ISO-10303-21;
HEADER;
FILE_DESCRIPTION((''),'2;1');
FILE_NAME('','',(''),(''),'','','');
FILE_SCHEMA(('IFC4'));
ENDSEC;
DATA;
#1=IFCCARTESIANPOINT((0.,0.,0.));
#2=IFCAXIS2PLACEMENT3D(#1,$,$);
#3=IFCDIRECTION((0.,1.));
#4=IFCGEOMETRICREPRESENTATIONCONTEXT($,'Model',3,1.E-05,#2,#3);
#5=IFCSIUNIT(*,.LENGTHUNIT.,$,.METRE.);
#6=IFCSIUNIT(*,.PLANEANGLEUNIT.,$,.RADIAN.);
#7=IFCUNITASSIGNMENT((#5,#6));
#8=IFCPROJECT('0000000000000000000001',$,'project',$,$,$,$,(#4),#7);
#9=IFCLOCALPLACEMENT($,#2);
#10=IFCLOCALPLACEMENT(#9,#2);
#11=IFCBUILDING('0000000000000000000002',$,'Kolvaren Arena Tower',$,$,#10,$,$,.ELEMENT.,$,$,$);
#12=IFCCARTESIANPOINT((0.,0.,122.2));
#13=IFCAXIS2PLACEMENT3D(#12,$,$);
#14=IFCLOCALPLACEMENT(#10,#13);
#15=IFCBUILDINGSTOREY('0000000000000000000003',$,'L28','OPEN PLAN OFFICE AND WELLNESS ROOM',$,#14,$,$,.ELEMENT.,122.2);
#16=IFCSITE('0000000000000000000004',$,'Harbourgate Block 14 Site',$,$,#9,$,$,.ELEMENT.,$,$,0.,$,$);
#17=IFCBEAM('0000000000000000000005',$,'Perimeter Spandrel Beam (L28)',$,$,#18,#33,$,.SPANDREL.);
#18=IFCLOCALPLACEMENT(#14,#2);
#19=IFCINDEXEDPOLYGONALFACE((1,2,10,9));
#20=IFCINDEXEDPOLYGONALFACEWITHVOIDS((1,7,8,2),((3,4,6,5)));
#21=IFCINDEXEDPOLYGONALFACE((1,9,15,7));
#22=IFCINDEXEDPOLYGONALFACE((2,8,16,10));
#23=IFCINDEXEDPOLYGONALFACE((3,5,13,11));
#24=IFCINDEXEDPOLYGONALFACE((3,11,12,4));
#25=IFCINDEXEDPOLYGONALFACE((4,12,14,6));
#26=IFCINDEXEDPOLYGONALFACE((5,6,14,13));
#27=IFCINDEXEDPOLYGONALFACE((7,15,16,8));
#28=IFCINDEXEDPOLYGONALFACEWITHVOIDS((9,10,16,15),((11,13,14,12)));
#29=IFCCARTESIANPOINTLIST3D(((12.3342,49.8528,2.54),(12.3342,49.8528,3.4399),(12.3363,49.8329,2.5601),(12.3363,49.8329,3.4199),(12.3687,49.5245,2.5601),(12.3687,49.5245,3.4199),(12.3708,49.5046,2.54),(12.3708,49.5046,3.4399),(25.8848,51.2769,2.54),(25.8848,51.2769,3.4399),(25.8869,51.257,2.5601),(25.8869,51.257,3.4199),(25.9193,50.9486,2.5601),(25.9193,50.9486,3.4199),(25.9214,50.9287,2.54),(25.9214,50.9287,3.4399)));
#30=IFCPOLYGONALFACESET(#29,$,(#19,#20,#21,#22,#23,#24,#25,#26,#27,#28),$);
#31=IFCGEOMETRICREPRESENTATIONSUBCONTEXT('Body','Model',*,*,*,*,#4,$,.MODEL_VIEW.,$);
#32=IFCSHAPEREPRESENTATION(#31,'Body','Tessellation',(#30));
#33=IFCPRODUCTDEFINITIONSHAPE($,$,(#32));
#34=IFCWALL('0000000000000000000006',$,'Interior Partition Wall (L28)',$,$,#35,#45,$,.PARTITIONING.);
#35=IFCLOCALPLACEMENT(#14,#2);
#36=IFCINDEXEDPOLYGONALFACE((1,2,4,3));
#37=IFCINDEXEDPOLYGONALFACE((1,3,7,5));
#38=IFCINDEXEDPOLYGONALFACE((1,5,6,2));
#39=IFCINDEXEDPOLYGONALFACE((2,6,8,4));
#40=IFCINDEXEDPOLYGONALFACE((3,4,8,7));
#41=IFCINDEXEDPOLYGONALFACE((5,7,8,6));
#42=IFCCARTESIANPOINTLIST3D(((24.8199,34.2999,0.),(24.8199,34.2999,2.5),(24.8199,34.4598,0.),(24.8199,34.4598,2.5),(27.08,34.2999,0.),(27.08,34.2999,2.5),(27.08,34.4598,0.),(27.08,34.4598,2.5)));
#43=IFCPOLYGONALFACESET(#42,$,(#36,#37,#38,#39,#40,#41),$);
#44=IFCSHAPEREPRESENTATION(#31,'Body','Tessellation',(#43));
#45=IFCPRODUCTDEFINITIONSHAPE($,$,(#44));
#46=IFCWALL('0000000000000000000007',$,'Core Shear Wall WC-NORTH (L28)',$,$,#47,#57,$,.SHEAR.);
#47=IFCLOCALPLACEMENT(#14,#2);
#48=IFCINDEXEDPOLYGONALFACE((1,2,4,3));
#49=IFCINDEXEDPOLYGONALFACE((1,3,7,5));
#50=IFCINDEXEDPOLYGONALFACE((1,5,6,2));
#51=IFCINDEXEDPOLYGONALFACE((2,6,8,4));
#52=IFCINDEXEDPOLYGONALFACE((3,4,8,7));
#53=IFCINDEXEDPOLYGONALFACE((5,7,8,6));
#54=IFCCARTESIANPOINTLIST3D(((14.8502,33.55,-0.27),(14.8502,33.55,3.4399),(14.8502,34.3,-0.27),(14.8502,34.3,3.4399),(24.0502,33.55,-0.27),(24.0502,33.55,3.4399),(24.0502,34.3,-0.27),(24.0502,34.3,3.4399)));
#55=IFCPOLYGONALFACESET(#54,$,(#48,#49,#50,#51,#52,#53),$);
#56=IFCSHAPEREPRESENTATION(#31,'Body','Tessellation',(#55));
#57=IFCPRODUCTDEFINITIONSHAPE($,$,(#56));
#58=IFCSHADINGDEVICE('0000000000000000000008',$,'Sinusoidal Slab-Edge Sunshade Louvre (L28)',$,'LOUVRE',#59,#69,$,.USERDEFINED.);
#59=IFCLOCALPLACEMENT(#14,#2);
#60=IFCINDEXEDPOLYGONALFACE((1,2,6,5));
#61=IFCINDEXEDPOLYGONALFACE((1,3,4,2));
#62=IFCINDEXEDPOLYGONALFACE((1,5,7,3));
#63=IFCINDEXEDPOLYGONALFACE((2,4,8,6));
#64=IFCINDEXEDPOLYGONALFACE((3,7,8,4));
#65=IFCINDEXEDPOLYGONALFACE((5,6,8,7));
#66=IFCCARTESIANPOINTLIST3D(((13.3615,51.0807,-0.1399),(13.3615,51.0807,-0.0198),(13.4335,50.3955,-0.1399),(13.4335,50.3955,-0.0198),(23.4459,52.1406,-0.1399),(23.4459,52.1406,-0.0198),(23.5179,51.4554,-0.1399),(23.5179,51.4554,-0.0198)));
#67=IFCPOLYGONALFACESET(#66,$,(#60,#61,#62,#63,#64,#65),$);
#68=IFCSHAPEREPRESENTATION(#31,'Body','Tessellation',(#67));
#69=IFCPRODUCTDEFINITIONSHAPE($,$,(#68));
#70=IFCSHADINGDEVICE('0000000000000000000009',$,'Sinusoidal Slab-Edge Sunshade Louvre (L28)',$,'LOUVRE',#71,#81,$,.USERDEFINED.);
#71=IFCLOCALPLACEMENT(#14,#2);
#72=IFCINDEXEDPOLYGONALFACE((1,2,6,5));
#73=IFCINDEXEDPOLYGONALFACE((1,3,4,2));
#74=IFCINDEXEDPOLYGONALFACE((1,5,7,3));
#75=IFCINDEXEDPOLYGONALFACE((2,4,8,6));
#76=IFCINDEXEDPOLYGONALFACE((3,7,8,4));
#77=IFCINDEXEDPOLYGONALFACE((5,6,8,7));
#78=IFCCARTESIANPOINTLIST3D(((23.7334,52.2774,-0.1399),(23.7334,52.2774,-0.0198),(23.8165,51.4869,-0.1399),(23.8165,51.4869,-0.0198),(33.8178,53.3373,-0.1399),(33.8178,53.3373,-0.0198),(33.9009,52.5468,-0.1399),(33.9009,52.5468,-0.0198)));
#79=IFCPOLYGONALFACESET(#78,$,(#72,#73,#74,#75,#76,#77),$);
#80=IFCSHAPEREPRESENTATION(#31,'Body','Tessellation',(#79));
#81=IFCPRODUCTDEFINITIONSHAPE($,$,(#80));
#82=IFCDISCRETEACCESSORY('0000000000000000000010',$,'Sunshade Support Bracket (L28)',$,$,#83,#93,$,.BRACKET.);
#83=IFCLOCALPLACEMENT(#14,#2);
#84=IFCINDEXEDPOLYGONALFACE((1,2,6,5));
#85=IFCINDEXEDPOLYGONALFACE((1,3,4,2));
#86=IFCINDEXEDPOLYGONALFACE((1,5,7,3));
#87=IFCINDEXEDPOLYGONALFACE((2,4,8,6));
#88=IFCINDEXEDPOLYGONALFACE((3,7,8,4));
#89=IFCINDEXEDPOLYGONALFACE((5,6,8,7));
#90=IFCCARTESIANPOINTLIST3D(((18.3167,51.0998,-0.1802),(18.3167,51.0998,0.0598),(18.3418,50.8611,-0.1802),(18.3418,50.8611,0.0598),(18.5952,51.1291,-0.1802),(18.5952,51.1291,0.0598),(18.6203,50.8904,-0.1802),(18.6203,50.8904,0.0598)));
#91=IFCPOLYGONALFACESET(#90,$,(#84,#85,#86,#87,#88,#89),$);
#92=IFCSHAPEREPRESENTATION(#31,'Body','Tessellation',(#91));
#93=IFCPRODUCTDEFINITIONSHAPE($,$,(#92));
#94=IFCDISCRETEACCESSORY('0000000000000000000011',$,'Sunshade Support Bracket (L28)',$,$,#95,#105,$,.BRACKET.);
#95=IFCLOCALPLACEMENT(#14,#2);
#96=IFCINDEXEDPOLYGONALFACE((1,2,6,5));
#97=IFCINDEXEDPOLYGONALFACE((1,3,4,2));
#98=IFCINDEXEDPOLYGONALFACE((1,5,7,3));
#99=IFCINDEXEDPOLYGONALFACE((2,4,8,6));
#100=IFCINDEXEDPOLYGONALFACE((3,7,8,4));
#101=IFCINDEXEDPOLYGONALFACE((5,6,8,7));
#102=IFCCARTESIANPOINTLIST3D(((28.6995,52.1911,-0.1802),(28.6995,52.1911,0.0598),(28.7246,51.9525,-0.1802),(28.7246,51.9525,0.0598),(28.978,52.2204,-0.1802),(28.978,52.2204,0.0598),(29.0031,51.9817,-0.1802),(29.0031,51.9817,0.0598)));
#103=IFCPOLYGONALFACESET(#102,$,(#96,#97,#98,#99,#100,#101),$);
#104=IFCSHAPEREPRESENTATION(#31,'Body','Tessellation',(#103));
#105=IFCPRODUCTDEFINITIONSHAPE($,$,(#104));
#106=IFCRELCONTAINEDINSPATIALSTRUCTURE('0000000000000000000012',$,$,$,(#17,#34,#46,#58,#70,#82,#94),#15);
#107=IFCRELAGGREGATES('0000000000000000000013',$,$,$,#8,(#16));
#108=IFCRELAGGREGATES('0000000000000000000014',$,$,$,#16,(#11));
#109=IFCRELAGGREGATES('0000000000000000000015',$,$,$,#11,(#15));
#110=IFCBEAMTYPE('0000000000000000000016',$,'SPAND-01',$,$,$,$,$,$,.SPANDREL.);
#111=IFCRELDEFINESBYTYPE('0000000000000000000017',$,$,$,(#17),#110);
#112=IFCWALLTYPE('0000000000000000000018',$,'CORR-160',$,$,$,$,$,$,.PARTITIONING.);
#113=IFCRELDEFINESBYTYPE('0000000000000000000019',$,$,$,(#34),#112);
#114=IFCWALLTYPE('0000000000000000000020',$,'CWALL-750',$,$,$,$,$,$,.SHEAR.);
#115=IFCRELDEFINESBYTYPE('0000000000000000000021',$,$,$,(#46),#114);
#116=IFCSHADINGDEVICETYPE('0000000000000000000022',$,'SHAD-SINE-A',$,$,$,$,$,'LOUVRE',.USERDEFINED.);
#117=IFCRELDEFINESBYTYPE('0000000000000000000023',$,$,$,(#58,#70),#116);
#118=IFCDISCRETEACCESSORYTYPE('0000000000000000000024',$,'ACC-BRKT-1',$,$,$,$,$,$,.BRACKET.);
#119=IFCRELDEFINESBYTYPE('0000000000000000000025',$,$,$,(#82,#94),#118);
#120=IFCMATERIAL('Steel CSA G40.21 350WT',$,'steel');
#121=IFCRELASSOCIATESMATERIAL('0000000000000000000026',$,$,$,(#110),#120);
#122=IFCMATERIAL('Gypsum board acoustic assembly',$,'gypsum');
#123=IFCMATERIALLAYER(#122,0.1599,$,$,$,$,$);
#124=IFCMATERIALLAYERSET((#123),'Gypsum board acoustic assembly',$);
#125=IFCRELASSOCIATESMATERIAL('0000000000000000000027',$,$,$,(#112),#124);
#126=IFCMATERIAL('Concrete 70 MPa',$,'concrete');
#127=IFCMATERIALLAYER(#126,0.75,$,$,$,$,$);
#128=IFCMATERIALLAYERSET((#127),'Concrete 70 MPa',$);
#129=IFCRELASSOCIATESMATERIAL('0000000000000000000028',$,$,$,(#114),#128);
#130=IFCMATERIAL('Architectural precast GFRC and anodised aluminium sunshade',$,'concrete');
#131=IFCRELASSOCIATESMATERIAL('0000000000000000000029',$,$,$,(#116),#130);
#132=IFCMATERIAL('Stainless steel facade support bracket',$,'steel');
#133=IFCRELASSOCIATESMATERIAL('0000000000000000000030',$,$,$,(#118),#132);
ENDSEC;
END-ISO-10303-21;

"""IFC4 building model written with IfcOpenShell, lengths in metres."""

from ifc_helpers import new_model, si_unit, direction, frame, frame_2d, origin, origin_2d, place, context, subcontext, project, spatial, rectangle, hollow_rectangle, extrude, material, layer, layer_set, material_profile, profile_set, type_object, element, save


model = new_model("IFC4")

# Units and contexts
model_context = context("Model", 3, precision=1e-05, world=origin(), true_north=direction((0.0, 1.0)))
body_context = subcontext(model_context, "Body", "Model", "MODEL_VIEW")
ifc_project = project(units=[si_unit("LENGTHUNIT", "METRE"), si_unit("PLANEANGLEUNIT", "RADIAN")], contexts=[model_context])

# Site, building, storey
site_placement = place(None, origin())
site = spatial("IfcSite", under=ifc_project, at=site_placement, Name="Harbourgate Block 14 Site", CompositionType="ELEMENT", RefElevation=0.0)
building_placement = place(site_placement, origin())
building = spatial("IfcBuilding", under=site, at=building_placement, Name="Kolvaren Arena Tower", CompositionType="ELEMENT")
storey_placement = place(building_placement, frame((0.0, 0.0, 122.2)))
storey = spatial("IfcBuildingStorey", under=building, at=storey_placement, Name="L28", Description="OPEN PLAN OFFICE AND WELLNESS ROOM", CompositionType="ELEMENT", Elevation=122.2)

# Beam
ifc_material_1 = material(Name="Steel CSA G40.21 350WT", Category="steel")
ifc_material_profile_1 = material_profile(ifc_material_1, hollow_rectangle(XDim=0.3501, YDim=0.8999, WallThickness=0.02, at=origin_2d()), Name="HSS 900x350x20")
ifc_profile_set_1 = profile_set([ifc_material_profile_1], Name="Steel CSA G40.21 350WT")
beam_type_1 = type_object("IfcBeamType", Name="SPAND-01", PredefinedType="SPANDREL", material=ifc_profile_set_1)
beam_1_placement = place(storey_placement, frame((25.9031, 51.1028, 2.99), z_axis=(-0.994523, -0.104518, 0.0), x_axis=(0.104518, -0.994523, 0.0)))
element("IfcBeam", 1, at=beam_1_placement, inside=storey, type_object=beam_type_1, Name="Perimeter Spandrel Beam (L28)", PredefinedType="SPANDREL", context=body_context, shape_type="SweptSolid", body=[
    extrude(hollow_rectangle(XDim=0.3501, YDim=0.8999, WallThickness=0.02, at=origin_2d()), origin(), (0.0, 0.0, 1.0), 13.6252),
])

# Walls
ifc_material_2 = material(Name="Gypsum board acoustic assembly", Category="gypsum")
ifc_layer_1 = layer(ifc_material_2, 0.1599)
ifc_layer_set_1 = layer_set([ifc_layer_1], Name="Gypsum board acoustic assembly")
wall_type_1 = type_object("IfcWallType", Name="CORR-160", PredefinedType="PARTITIONING", material=ifc_layer_set_1)
wall_1_placement = place(storey_placement, frame((24.8201, 34.3799, 0.0), z_axis=(0.0, 0.0, 1.0), x_axis=(1.0, 0.0, 0.0)))
element("IfcWall", 2, at=wall_1_placement, inside=storey, type_object=wall_type_1, Name="Interior Partition Wall (L28)", PredefinedType="PARTITIONING", context=body_context, shape_type="SweptSolid", body=[
    extrude(rectangle(XDim=2.26, YDim=0.1599, at=frame_2d((1.1299, 0.0))), origin(), (0.0, 0.0, 1.0), 2.5),
])
ifc_material_3 = material(Name="Concrete 70 MPa", Category="concrete")
ifc_layer_2 = layer(ifc_material_3, 0.75)
ifc_layer_set_2 = layer_set([ifc_layer_2], Name="Concrete 70 MPa")
wall_type_2 = type_object("IfcWallType", Name="CWALL-750", PredefinedType="SHEAR", material=ifc_layer_set_2)
wall_2_placement = place(storey_placement, frame((14.8501, 33.925, -0.27), z_axis=(0.0, 0.0, 1.0), x_axis=(1.0, 0.0, 0.0)))
element("IfcWall", 3, at=wall_2_placement, inside=storey, type_object=wall_type_2, Name="Core Shear Wall WC-NORTH (L28)", PredefinedType="SHEAR", context=body_context, shape_type="SweptSolid", body=[
    extrude(rectangle(XDim=9.2, YDim=0.75, at=frame_2d((4.6001, 0.0))), origin(), (0.0, 0.0, 1.0), 3.71),
])

# Shading devices
ifc_material_4 = material(Name="Architectural precast GFRC and anodised aluminium sunshade", Category="concrete")
shading_device_type = type_object("IfcShadingDeviceType", Name="SHAD-SINE-A", ElementType="LOUVRE", PredefinedType="USERDEFINED", material=ifc_material_4)
shading_device_1_placement = place(storey_placement, frame((18.4397, 51.2681, -0.1399), z_axis=(0.0, 0.0, 1.0), x_axis=(0.994522, 0.104527, 0.0)))
element("IfcShadingDevice", 4, at=shading_device_1_placement, inside=storey, type_object=shading_device_type, Name="Sinusoidal Slab-Edge Sunshade Louvre (L28)", ObjectType="LOUVRE", PredefinedType="USERDEFINED", context=body_context, shape_type="SweptSolid", body=[
    extrude(rectangle(XDim=10.1399, YDim=0.689, at=origin_2d()), origin(), (0.0, 0.0, 1.0), 0.1201),
])
shading_device_2_placement = place(storey_placement, frame((28.8171, 52.4121, -0.1399), z_axis=(0.0, 0.0, 1.0), x_axis=(0.994522, 0.104527, 0.0)))
element("IfcShadingDevice", 5, at=shading_device_2_placement, inside=storey, type_object=shading_device_type, Name="Sinusoidal Slab-Edge Sunshade Louvre (L28)", ObjectType="LOUVRE", PredefinedType="USERDEFINED", context=body_context, shape_type="SweptSolid", body=[
    extrude(rectangle(XDim=10.1399, YDim=0.7949, at=origin_2d()), origin(), (0.0, 0.0, 1.0), 0.1201),
])

# Discrete accessories
ifc_material_5 = material(Name="Stainless steel facade support bracket", Category="steel")
discrete_accessory_type = type_object("IfcDiscreteAccessoryType", Name="ACC-BRKT-1", PredefinedType="BRACKET", material=ifc_material_5)
for number, where, z_axis, x_axis, name in (
    (6, (18.4685, 50.9951, -0.1802), (0.0, 0.0, 1.0), (0.994522, 0.104527, 0.0), "Sunshade Support Bracket (L28)"),
    (7, (28.8513, 52.0864, -0.1802), (0.0, 0.0, 1.0), (0.994522, 0.104527, 0.0), "Sunshade Support Bracket (L28)"),
):
    element("IfcDiscreteAccessory", number, at=place(storey_placement, frame(where, z_axis=z_axis, x_axis=x_axis)), inside=storey, type_object=discrete_accessory_type, Name=name, PredefinedType="BRACKET", context=body_context, shape_type="SweptSolid", body=[
        extrude(rectangle(XDim=0.28, YDim=0.24, at=origin_2d()), origin(), (0.0, 0.0, 1.0), 0.24),
    ])

save(model, "model.ifc")
